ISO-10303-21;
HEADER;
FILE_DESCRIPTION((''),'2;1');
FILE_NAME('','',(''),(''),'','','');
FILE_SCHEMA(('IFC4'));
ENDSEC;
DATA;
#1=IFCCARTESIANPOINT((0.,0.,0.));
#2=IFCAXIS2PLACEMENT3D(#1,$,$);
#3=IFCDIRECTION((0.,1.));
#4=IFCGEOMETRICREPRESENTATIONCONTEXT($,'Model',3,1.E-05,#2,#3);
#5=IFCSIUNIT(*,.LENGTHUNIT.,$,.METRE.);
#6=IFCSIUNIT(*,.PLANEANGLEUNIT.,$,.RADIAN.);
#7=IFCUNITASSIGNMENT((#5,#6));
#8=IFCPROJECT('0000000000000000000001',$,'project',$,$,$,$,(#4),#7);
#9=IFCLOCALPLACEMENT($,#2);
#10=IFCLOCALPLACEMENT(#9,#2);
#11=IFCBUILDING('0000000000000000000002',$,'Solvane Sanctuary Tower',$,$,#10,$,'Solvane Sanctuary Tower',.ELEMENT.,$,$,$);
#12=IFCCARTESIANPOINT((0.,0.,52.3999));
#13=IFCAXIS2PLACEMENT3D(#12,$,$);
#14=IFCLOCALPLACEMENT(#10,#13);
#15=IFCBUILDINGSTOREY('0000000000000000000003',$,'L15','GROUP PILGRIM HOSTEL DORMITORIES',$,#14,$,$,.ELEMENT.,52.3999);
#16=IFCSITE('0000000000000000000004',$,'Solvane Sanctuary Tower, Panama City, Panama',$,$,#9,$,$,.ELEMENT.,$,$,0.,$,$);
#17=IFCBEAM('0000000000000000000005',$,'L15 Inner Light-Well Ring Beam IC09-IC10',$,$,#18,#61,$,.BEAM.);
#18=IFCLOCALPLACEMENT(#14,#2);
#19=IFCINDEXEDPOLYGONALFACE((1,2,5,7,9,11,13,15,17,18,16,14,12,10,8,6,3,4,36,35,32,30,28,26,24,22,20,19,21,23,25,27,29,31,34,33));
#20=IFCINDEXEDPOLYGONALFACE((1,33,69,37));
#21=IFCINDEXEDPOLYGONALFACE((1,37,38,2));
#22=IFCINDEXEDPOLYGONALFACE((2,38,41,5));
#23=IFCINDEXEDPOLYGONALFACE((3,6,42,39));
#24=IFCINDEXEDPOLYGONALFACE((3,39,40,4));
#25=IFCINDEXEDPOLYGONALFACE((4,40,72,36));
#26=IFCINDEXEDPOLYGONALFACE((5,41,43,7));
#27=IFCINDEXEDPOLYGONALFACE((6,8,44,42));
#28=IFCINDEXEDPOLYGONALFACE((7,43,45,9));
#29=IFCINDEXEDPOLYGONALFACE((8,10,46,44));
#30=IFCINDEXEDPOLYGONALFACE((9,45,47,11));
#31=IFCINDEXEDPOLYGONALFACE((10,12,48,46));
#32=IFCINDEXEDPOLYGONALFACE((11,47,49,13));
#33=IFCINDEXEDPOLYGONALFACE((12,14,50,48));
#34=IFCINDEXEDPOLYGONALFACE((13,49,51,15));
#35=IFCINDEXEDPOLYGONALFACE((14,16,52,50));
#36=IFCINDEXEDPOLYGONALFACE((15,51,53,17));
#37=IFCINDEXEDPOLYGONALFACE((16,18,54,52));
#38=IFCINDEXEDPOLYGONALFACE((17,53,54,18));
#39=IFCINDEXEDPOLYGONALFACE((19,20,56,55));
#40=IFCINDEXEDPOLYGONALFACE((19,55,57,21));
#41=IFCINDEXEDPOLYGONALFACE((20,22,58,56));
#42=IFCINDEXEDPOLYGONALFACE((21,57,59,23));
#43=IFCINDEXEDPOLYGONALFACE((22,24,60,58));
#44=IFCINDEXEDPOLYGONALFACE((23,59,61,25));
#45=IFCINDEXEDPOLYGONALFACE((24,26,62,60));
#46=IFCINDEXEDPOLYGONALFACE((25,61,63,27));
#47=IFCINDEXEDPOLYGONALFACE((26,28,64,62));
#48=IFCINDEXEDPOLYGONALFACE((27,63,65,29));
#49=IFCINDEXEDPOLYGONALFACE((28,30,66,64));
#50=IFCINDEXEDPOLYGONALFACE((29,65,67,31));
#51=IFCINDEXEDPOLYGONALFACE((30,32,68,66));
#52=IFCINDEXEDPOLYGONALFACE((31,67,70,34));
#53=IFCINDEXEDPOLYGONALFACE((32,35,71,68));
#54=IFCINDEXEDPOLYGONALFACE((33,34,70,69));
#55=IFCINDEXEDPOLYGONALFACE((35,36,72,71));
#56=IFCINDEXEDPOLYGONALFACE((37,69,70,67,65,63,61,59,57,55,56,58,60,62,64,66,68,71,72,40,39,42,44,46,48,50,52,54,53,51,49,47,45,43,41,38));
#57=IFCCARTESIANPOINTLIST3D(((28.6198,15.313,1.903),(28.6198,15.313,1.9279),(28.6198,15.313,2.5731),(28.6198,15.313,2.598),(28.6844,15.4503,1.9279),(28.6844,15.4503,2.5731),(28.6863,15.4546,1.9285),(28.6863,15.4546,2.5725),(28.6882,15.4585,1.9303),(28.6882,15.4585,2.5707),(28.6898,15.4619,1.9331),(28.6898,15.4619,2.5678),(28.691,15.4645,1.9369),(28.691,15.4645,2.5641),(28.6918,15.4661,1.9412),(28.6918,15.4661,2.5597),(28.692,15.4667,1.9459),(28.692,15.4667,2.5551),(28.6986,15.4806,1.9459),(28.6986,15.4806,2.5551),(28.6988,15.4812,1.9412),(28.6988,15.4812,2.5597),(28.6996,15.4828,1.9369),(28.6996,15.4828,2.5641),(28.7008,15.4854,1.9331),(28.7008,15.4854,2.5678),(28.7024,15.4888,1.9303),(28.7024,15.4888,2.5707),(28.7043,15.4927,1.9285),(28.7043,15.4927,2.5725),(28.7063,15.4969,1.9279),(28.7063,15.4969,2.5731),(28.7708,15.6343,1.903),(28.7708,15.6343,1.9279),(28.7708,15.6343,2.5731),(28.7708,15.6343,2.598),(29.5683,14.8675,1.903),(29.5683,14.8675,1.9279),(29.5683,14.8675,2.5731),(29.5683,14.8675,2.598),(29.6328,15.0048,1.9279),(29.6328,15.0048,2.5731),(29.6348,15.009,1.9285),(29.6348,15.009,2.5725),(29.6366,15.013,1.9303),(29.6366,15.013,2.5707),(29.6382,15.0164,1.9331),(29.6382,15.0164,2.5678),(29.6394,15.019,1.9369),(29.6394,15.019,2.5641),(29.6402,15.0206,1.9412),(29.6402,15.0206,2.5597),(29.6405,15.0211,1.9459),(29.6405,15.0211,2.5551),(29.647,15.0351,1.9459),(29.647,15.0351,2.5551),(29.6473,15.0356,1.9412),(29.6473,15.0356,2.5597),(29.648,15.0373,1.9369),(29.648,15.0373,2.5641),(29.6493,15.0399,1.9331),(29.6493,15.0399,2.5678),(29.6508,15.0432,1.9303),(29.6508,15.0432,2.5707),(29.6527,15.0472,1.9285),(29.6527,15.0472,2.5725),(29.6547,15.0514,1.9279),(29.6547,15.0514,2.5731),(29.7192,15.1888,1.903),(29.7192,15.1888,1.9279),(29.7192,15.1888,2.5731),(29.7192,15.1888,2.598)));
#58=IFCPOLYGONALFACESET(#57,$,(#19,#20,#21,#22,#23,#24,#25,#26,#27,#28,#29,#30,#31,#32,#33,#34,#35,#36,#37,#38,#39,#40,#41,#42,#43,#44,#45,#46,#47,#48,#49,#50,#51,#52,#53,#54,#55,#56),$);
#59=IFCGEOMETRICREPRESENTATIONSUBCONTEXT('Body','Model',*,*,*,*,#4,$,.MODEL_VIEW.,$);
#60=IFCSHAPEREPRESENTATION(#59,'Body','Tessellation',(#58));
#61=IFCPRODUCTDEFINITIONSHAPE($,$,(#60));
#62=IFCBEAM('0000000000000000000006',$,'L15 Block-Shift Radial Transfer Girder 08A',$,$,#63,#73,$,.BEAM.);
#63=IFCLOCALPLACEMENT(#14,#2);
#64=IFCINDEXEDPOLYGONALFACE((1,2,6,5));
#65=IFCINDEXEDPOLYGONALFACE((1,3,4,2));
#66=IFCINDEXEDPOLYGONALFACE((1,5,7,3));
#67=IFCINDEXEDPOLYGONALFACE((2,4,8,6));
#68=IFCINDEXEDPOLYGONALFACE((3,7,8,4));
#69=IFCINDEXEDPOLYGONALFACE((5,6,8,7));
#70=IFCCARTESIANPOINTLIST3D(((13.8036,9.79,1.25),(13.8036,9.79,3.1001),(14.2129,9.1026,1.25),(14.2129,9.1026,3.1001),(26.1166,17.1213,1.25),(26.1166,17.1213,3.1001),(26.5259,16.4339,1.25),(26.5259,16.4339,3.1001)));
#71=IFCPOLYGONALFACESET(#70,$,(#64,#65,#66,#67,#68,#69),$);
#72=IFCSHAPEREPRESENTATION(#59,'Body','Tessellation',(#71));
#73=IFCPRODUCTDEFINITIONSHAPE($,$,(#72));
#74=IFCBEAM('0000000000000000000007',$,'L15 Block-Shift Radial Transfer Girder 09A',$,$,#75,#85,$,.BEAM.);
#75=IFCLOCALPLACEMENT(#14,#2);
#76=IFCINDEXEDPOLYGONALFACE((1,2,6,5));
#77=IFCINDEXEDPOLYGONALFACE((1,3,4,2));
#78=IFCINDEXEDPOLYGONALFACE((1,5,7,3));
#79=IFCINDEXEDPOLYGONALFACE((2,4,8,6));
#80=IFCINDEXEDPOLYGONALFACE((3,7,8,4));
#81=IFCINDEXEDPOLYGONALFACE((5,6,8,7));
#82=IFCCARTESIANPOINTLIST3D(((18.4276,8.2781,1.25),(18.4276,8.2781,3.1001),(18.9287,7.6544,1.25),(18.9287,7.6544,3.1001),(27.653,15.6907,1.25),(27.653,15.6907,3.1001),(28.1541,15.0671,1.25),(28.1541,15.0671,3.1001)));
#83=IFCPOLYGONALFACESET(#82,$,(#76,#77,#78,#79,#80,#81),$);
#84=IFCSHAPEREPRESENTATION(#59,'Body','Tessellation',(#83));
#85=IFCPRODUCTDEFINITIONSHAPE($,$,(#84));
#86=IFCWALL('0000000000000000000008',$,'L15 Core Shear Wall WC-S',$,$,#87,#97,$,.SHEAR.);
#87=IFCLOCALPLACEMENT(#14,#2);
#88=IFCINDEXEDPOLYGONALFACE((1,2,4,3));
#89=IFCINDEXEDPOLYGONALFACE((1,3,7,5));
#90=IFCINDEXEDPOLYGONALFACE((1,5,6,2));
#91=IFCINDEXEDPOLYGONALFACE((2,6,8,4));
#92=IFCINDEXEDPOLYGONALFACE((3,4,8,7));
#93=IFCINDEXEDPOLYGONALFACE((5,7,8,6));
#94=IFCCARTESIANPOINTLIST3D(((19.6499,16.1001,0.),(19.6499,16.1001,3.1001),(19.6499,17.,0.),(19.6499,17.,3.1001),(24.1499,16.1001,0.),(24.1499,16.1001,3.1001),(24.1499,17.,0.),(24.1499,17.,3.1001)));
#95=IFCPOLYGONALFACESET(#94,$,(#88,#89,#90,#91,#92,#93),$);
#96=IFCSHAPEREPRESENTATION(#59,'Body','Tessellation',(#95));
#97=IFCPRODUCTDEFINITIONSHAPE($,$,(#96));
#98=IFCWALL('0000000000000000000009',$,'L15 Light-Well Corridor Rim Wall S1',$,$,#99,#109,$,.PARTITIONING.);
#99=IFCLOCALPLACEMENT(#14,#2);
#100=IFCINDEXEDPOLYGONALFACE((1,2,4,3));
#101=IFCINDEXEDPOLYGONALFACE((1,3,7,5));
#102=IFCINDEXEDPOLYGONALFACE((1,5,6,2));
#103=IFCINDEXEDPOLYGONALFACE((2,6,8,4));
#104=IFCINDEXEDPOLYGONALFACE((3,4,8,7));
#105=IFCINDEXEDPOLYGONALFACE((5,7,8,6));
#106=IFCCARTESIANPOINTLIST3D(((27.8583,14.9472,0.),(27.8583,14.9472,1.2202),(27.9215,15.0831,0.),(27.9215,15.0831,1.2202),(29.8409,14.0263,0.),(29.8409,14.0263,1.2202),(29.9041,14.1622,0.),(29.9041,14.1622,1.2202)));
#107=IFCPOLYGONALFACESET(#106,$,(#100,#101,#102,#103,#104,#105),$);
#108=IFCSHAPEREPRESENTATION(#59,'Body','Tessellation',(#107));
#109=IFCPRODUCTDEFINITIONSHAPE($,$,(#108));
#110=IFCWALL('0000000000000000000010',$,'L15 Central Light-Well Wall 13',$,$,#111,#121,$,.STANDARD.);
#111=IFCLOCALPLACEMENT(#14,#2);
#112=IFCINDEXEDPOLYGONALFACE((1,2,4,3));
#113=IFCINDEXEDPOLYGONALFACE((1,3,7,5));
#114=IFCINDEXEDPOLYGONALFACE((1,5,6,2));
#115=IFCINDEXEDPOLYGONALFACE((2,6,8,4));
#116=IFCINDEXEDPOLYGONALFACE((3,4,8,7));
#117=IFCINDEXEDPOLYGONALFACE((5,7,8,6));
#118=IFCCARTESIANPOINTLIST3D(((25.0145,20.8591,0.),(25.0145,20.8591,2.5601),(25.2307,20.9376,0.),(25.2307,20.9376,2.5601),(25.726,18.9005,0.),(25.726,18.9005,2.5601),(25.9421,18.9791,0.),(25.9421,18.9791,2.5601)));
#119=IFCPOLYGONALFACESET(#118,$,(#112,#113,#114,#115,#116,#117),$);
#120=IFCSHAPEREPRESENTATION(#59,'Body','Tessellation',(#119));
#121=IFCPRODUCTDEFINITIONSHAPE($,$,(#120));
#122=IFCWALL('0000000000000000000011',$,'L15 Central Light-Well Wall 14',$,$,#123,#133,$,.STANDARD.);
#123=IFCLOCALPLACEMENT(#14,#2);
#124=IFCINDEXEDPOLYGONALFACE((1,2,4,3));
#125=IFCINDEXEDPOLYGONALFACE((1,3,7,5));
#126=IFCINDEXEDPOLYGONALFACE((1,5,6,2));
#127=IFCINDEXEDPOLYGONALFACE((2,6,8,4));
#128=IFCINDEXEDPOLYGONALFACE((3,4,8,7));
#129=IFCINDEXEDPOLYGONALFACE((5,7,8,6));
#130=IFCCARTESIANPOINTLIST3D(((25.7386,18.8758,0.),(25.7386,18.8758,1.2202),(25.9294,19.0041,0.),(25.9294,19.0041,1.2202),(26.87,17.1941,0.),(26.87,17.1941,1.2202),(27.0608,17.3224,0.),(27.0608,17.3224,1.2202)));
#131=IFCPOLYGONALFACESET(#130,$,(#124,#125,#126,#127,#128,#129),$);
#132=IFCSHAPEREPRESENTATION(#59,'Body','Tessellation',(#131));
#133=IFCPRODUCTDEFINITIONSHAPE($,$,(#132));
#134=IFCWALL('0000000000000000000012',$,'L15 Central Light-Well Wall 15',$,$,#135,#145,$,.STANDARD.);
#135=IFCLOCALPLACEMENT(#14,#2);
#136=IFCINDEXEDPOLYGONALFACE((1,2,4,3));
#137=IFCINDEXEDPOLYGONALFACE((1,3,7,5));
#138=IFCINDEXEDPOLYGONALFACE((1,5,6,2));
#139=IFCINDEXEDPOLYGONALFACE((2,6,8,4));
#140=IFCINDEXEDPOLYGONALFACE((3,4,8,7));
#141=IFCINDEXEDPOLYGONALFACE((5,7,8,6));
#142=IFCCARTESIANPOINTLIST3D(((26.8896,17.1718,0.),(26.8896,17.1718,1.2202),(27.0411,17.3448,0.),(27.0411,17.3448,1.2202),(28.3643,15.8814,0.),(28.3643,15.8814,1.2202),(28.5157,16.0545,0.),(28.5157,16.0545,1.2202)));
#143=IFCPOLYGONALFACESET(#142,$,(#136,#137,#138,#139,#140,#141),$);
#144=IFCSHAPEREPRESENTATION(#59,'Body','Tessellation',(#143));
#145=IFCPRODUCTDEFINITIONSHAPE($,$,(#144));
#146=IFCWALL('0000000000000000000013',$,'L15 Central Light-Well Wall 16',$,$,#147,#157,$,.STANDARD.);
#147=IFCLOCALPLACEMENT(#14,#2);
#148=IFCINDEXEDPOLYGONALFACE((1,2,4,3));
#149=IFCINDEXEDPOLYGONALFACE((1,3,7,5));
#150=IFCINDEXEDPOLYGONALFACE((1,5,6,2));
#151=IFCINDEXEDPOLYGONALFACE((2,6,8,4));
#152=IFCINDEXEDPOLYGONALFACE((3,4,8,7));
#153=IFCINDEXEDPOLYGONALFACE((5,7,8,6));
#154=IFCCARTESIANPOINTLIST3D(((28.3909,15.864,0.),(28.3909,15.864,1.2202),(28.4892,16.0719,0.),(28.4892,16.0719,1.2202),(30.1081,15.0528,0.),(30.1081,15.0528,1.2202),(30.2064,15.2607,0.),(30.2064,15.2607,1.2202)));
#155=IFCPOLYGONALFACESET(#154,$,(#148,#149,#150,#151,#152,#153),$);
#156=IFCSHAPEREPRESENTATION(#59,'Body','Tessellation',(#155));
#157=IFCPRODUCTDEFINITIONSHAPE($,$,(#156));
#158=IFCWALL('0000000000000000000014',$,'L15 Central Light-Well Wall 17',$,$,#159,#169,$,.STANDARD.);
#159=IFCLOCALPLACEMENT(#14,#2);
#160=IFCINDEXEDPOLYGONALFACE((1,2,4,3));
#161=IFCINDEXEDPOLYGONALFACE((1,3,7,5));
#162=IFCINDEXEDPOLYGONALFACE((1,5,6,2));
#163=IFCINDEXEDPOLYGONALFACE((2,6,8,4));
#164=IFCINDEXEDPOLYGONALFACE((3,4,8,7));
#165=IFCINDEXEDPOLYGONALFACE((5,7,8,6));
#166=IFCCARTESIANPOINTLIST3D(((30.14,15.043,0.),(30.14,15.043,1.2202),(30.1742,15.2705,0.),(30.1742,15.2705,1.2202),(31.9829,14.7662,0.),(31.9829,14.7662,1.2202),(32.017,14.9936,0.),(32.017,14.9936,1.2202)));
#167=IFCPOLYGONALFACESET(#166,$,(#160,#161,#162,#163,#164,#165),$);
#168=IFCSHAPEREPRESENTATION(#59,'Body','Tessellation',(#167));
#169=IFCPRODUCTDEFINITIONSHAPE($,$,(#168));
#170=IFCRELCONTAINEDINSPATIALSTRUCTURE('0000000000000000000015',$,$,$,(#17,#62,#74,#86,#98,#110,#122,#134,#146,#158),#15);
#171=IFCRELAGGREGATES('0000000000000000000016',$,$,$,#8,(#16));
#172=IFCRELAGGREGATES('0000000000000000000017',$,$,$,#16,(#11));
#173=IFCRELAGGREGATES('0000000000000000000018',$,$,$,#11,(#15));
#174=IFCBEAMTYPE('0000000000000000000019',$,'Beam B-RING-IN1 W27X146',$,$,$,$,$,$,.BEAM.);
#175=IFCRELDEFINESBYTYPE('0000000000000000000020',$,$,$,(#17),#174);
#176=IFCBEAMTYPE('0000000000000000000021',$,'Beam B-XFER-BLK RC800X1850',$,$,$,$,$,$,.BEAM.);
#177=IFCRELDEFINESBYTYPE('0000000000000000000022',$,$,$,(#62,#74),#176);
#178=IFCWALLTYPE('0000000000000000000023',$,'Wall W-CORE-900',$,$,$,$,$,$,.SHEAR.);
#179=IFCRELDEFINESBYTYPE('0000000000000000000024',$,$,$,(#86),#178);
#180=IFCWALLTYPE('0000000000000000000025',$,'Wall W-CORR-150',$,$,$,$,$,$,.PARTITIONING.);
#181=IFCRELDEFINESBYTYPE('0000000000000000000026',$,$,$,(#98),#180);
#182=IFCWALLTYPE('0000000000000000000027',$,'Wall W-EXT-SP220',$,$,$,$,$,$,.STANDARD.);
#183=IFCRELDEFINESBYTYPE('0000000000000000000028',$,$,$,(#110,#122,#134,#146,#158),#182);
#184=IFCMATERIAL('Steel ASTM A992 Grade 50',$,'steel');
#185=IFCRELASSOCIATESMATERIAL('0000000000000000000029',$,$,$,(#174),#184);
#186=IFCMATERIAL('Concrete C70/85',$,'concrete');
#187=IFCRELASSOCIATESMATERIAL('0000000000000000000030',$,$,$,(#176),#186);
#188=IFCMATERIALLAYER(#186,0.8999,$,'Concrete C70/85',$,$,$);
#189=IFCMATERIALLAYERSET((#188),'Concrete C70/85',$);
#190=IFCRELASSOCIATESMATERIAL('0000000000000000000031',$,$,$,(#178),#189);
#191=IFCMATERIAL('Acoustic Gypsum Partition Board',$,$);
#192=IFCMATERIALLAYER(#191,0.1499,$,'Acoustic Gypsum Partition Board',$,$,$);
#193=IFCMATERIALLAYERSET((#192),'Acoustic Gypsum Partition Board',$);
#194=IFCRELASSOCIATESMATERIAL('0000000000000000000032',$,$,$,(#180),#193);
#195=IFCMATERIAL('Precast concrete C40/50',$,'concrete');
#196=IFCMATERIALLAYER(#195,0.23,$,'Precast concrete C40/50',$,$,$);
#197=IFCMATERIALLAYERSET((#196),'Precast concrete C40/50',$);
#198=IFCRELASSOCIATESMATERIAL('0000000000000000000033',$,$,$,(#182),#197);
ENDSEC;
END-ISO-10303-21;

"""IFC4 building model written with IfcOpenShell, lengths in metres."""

from ifc_helpers import new_model, si_unit, direction, frame, frame_2d, origin, origin_2d, place, context, subcontext, project, spatial, rectangle, i_section, extrude, material, layer, layer_set, material_profile, profile_set, type_object, element, save


model = new_model("IFC4")

# Units and contexts
model_context = context("Model", 3, precision=1e-05, world=origin(), true_north=direction((0.0, 1.0)))
body_context = subcontext(model_context, "Body", "Model", "MODEL_VIEW")
ifc_project = project(units=[si_unit("LENGTHUNIT", "METRE"), si_unit("PLANEANGLEUNIT", "RADIAN")], contexts=[model_context])

# Site, building, storey
site_placement = place(None, origin())
site = spatial("IfcSite", under=ifc_project, at=site_placement, Name="Solvane Sanctuary Tower, Panama City, Panama", CompositionType="ELEMENT", RefElevation=0.0)
building_placement = place(site_placement, origin())
building = spatial("IfcBuilding", under=site, at=building_placement, Name="Solvane Sanctuary Tower", LongName="Solvane Sanctuary Tower", CompositionType="ELEMENT")
storey_placement = place(building_placement, frame((0.0, 0.0, 52.3999)))
storey = spatial("IfcBuildingStorey", under=building, at=storey_placement, Name="L15", Description="GROUP PILGRIM HOSTEL DORMITORIES", CompositionType="ELEMENT", Elevation=52.3999)

# Shared definitions
ifc_material_1 = material(Name="Concrete C70/85", Category="concrete")

# Beams
ifc_material_2 = material(Name="Steel ASTM A992 Grade 50", Category="steel")
ifc_material_profile_1 = material_profile(ifc_material_2, i_section(OverallWidth=0.355, OverallDepth=0.6951, WebThickness=0.0154, FlangeThickness=0.0249, FilletRadius=0.0181, at=origin_2d()), Name="W27X146")
ifc_profile_set_1 = profile_set([ifc_material_profile_1], Name="Steel ASTM A992 Grade 50")
beam_type_1 = type_object("IfcBeamType", Name="Beam B-RING-IN1 W27X146", PredefinedType="BEAM", material=ifc_profile_set_1)
beam_1_placement = place(storey_placement, frame((28.6953, 15.4736, 2.2505), z_axis=(0.905109, -0.42518, 0.0), x_axis=(0.42518, 0.905109, 0.0)))
element("IfcBeam", 1, at=beam_1_placement, inside=storey, type_object=beam_type_1, Name="L15 Inner Light-Well Ring Beam IC09-IC10", PredefinedType="BEAM", context=body_context, shape_type="SweptSolid", body=[
    extrude(i_section(OverallWidth=0.355, OverallDepth=0.6951, WebThickness=0.0154, FlangeThickness=0.0249, FilletRadius=0.0181, at=origin_2d()), origin(), (0.0, 0.0, 1.0), 1.0479),
])
ifc_material_profile_2 = material_profile(ifc_material_1, rectangle(XDim=0.8, YDim=1.8501, at=origin_2d()), Name="RC800X1850")
ifc_profile_set_2 = profile_set([ifc_material_profile_2], Name="Concrete C70/85")
beam_type_2 = type_object("IfcBeamType", Name="Beam B-XFER-BLK RC800X1850", PredefinedType="BEAM", material=ifc_profile_set_2)
beam_2_placement = place(storey_placement, frame((26.3213, 16.7776, 2.175), z_axis=(-0.859227, -0.511594, 0.0), x_axis=(0.511594, -0.859227, 0.0)))
element("IfcBeam", 2, at=beam_2_placement, inside=storey, type_object=beam_type_2, Name="L15 Block-Shift Radial Transfer Girder 08A", PredefinedType="BEAM", context=body_context, shape_type="SweptSolid", body=[
    extrude(rectangle(XDim=0.8, YDim=1.8501, at=origin_2d()), origin(), (0.0, 0.0, 1.0), 14.3303),
])
beam_3_placement = place(storey_placement, frame((27.9036, 15.3789, 2.175), z_axis=(-0.779535, -0.626359, 0.0), x_axis=(0.626359, -0.779535, 0.0)))
element("IfcBeam", 3, at=beam_3_placement, inside=storey, type_object=beam_type_2, Name="L15 Block-Shift Radial Transfer Girder 09A", PredefinedType="BEAM", context=body_context, shape_type="SweptSolid", body=[
    extrude(rectangle(XDim=0.8, YDim=1.8501, at=origin_2d()), origin(), (0.0, 0.0, 1.0), 11.8345),
])

# Walls
ifc_layer_1 = layer(ifc_material_1, 0.8999, Name="Concrete C70/85")
ifc_layer_set_1 = layer_set([ifc_layer_1], Name="Concrete C70/85")
wall_type_1 = type_object("IfcWallType", Name="Wall W-CORE-900", PredefinedType="SHEAR", material=ifc_layer_set_1)
wall_1_placement = place(storey_placement, frame((19.6499, 16.55, 0.0), z_axis=(0.0, 0.0, 1.0), x_axis=(1.0, 0.0, 0.0)))
element("IfcWall", 4, at=wall_1_placement, inside=storey, type_object=wall_type_1, Name="L15 Core Shear Wall WC-S", PredefinedType="SHEAR", context=body_context, shape_type="SweptSolid", body=[
    extrude(rectangle(XDim=4.5, YDim=0.8999, at=frame_2d((2.25, 0.0))), origin(), (0.0, 0.0, 1.0), 3.1001),
])
ifc_material_3 = material(Name="Acoustic Gypsum Partition Board")
ifc_layer_2 = layer(ifc_material_3, 0.1499, Name="Acoustic Gypsum Partition Board")
ifc_layer_set_2 = layer_set([ifc_layer_2], Name="Acoustic Gypsum Partition Board")
wall_type_2 = type_object("IfcWallType", Name="Wall W-CORR-150", PredefinedType="PARTITIONING", material=ifc_layer_set_2)
wall_2_placement = place(storey_placement, frame((27.8899, 15.0151, 0.0), z_axis=(0.0, 0.0, 1.0), x_axis=(0.906943, -0.421252, 0.0)))
element("IfcWall", 5, at=wall_2_placement, inside=storey, type_object=wall_type_2, Name="L15 Light-Well Corridor Rim Wall S1", PredefinedType="PARTITIONING", context=body_context, shape_type="SweptSolid", body=[
    extrude(rectangle(XDim=2.186, YDim=0.1499, at=frame_2d((1.093, 0.0))), origin(), (0.0, 0.0, 1.0), 1.2202),
])
ifc_material_4 = material(Name="Precast concrete C40/50", Category="concrete")
ifc_layer_3 = layer(ifc_material_4, 0.23, Name="Precast concrete C40/50")
ifc_layer_set_3 = layer_set([ifc_layer_3], Name="Precast concrete C40/50")
wall_type_3 = type_object("IfcWallType", Name="Wall W-EXT-SP220", PredefinedType="STANDARD", material=ifc_layer_set_3)
wall_3_placement = place(storey_placement, frame((25.1226, 20.8984, 0.0), z_axis=(0.0, 0.0, 1.0), x_axis=(0.341423, -0.93991, 0.0)))
element("IfcWall", 6, at=wall_3_placement, inside=storey, type_object=wall_type_3, Name="L15 Central Light-Well Wall 13", PredefinedType="STANDARD", context=body_context, shape_type="SweptSolid", body=[
    extrude(rectangle(XDim=2.0837, YDim=0.23, at=frame_2d((1.042, 0.0))), origin(), (0.0, 0.0, 1.0), 2.5601),
])
wall_4_placement = place(storey_placement, frame((25.834, 18.9399, 0.0), z_axis=(0.0, 0.0, 1.0), x_axis=(0.558198, -0.829708, 0.0)))
element("IfcWall", 7, at=wall_4_placement, inside=storey, type_object=wall_type_3, Name="L15 Central Light-Well Wall 14", PredefinedType="STANDARD", context=body_context, shape_type="SweptSolid", body=[
    extrude(rectangle(XDim=2.0269, YDim=0.23, at=frame_2d((1.0134, 0.0))), origin(), (0.0, 0.0, 1.0), 1.2202),
])
wall_5_placement = place(storey_placement, frame((26.9653, 17.2583, 0.0), z_axis=(0.0, 0.0, 1.0), x_axis=(0.752577, -0.658505, 0.0)))
element("IfcWall", 8, at=wall_5_placement, inside=storey, type_object=wall_type_3, Name="L15 Central Light-Well Wall 15", PredefinedType="STANDARD", context=body_context, shape_type="SweptSolid", body=[
    extrude(rectangle(XDim=1.9595, YDim=0.23, at=frame_2d((0.9797, 0.0))), origin(), (0.0, 0.0, 1.0), 1.2202),
])
wall_6_placement = place(storey_placement, frame((28.4399, 15.968, 0.0), z_axis=(0.0, 0.0, 1.0), x_axis=(0.90418, -0.427152, 0.0)))
element("IfcWall", 9, at=wall_6_placement, inside=storey, type_object=wall_type_3, Name="L15 Central Light-Well Wall 16", PredefinedType="STANDARD", context=body_context, shape_type="SweptSolid", body=[
    extrude(rectangle(XDim=1.8992, YDim=0.23, at=frame_2d((0.9497, 0.0))), origin(), (0.0, 0.0, 1.0), 1.2202),
])
wall_7_placement = place(storey_placement, frame((30.1572, 15.1567, 0.0), z_axis=(0.0, 0.0, 1.0), x_axis=(0.988902, -0.148571, 0.0)))
element("IfcWall", 10, at=wall_7_placement, inside=storey, type_object=wall_type_3, Name="L15 Central Light-Well Wall 17", PredefinedType="STANDARD", context=body_context, shape_type="SweptSolid", body=[
    extrude(rectangle(XDim=1.8635, YDim=0.23, at=frame_2d((0.9316, 0.0))), origin(), (0.0, 0.0, 1.0), 1.2202),
])

save(model, "model.ifc")
